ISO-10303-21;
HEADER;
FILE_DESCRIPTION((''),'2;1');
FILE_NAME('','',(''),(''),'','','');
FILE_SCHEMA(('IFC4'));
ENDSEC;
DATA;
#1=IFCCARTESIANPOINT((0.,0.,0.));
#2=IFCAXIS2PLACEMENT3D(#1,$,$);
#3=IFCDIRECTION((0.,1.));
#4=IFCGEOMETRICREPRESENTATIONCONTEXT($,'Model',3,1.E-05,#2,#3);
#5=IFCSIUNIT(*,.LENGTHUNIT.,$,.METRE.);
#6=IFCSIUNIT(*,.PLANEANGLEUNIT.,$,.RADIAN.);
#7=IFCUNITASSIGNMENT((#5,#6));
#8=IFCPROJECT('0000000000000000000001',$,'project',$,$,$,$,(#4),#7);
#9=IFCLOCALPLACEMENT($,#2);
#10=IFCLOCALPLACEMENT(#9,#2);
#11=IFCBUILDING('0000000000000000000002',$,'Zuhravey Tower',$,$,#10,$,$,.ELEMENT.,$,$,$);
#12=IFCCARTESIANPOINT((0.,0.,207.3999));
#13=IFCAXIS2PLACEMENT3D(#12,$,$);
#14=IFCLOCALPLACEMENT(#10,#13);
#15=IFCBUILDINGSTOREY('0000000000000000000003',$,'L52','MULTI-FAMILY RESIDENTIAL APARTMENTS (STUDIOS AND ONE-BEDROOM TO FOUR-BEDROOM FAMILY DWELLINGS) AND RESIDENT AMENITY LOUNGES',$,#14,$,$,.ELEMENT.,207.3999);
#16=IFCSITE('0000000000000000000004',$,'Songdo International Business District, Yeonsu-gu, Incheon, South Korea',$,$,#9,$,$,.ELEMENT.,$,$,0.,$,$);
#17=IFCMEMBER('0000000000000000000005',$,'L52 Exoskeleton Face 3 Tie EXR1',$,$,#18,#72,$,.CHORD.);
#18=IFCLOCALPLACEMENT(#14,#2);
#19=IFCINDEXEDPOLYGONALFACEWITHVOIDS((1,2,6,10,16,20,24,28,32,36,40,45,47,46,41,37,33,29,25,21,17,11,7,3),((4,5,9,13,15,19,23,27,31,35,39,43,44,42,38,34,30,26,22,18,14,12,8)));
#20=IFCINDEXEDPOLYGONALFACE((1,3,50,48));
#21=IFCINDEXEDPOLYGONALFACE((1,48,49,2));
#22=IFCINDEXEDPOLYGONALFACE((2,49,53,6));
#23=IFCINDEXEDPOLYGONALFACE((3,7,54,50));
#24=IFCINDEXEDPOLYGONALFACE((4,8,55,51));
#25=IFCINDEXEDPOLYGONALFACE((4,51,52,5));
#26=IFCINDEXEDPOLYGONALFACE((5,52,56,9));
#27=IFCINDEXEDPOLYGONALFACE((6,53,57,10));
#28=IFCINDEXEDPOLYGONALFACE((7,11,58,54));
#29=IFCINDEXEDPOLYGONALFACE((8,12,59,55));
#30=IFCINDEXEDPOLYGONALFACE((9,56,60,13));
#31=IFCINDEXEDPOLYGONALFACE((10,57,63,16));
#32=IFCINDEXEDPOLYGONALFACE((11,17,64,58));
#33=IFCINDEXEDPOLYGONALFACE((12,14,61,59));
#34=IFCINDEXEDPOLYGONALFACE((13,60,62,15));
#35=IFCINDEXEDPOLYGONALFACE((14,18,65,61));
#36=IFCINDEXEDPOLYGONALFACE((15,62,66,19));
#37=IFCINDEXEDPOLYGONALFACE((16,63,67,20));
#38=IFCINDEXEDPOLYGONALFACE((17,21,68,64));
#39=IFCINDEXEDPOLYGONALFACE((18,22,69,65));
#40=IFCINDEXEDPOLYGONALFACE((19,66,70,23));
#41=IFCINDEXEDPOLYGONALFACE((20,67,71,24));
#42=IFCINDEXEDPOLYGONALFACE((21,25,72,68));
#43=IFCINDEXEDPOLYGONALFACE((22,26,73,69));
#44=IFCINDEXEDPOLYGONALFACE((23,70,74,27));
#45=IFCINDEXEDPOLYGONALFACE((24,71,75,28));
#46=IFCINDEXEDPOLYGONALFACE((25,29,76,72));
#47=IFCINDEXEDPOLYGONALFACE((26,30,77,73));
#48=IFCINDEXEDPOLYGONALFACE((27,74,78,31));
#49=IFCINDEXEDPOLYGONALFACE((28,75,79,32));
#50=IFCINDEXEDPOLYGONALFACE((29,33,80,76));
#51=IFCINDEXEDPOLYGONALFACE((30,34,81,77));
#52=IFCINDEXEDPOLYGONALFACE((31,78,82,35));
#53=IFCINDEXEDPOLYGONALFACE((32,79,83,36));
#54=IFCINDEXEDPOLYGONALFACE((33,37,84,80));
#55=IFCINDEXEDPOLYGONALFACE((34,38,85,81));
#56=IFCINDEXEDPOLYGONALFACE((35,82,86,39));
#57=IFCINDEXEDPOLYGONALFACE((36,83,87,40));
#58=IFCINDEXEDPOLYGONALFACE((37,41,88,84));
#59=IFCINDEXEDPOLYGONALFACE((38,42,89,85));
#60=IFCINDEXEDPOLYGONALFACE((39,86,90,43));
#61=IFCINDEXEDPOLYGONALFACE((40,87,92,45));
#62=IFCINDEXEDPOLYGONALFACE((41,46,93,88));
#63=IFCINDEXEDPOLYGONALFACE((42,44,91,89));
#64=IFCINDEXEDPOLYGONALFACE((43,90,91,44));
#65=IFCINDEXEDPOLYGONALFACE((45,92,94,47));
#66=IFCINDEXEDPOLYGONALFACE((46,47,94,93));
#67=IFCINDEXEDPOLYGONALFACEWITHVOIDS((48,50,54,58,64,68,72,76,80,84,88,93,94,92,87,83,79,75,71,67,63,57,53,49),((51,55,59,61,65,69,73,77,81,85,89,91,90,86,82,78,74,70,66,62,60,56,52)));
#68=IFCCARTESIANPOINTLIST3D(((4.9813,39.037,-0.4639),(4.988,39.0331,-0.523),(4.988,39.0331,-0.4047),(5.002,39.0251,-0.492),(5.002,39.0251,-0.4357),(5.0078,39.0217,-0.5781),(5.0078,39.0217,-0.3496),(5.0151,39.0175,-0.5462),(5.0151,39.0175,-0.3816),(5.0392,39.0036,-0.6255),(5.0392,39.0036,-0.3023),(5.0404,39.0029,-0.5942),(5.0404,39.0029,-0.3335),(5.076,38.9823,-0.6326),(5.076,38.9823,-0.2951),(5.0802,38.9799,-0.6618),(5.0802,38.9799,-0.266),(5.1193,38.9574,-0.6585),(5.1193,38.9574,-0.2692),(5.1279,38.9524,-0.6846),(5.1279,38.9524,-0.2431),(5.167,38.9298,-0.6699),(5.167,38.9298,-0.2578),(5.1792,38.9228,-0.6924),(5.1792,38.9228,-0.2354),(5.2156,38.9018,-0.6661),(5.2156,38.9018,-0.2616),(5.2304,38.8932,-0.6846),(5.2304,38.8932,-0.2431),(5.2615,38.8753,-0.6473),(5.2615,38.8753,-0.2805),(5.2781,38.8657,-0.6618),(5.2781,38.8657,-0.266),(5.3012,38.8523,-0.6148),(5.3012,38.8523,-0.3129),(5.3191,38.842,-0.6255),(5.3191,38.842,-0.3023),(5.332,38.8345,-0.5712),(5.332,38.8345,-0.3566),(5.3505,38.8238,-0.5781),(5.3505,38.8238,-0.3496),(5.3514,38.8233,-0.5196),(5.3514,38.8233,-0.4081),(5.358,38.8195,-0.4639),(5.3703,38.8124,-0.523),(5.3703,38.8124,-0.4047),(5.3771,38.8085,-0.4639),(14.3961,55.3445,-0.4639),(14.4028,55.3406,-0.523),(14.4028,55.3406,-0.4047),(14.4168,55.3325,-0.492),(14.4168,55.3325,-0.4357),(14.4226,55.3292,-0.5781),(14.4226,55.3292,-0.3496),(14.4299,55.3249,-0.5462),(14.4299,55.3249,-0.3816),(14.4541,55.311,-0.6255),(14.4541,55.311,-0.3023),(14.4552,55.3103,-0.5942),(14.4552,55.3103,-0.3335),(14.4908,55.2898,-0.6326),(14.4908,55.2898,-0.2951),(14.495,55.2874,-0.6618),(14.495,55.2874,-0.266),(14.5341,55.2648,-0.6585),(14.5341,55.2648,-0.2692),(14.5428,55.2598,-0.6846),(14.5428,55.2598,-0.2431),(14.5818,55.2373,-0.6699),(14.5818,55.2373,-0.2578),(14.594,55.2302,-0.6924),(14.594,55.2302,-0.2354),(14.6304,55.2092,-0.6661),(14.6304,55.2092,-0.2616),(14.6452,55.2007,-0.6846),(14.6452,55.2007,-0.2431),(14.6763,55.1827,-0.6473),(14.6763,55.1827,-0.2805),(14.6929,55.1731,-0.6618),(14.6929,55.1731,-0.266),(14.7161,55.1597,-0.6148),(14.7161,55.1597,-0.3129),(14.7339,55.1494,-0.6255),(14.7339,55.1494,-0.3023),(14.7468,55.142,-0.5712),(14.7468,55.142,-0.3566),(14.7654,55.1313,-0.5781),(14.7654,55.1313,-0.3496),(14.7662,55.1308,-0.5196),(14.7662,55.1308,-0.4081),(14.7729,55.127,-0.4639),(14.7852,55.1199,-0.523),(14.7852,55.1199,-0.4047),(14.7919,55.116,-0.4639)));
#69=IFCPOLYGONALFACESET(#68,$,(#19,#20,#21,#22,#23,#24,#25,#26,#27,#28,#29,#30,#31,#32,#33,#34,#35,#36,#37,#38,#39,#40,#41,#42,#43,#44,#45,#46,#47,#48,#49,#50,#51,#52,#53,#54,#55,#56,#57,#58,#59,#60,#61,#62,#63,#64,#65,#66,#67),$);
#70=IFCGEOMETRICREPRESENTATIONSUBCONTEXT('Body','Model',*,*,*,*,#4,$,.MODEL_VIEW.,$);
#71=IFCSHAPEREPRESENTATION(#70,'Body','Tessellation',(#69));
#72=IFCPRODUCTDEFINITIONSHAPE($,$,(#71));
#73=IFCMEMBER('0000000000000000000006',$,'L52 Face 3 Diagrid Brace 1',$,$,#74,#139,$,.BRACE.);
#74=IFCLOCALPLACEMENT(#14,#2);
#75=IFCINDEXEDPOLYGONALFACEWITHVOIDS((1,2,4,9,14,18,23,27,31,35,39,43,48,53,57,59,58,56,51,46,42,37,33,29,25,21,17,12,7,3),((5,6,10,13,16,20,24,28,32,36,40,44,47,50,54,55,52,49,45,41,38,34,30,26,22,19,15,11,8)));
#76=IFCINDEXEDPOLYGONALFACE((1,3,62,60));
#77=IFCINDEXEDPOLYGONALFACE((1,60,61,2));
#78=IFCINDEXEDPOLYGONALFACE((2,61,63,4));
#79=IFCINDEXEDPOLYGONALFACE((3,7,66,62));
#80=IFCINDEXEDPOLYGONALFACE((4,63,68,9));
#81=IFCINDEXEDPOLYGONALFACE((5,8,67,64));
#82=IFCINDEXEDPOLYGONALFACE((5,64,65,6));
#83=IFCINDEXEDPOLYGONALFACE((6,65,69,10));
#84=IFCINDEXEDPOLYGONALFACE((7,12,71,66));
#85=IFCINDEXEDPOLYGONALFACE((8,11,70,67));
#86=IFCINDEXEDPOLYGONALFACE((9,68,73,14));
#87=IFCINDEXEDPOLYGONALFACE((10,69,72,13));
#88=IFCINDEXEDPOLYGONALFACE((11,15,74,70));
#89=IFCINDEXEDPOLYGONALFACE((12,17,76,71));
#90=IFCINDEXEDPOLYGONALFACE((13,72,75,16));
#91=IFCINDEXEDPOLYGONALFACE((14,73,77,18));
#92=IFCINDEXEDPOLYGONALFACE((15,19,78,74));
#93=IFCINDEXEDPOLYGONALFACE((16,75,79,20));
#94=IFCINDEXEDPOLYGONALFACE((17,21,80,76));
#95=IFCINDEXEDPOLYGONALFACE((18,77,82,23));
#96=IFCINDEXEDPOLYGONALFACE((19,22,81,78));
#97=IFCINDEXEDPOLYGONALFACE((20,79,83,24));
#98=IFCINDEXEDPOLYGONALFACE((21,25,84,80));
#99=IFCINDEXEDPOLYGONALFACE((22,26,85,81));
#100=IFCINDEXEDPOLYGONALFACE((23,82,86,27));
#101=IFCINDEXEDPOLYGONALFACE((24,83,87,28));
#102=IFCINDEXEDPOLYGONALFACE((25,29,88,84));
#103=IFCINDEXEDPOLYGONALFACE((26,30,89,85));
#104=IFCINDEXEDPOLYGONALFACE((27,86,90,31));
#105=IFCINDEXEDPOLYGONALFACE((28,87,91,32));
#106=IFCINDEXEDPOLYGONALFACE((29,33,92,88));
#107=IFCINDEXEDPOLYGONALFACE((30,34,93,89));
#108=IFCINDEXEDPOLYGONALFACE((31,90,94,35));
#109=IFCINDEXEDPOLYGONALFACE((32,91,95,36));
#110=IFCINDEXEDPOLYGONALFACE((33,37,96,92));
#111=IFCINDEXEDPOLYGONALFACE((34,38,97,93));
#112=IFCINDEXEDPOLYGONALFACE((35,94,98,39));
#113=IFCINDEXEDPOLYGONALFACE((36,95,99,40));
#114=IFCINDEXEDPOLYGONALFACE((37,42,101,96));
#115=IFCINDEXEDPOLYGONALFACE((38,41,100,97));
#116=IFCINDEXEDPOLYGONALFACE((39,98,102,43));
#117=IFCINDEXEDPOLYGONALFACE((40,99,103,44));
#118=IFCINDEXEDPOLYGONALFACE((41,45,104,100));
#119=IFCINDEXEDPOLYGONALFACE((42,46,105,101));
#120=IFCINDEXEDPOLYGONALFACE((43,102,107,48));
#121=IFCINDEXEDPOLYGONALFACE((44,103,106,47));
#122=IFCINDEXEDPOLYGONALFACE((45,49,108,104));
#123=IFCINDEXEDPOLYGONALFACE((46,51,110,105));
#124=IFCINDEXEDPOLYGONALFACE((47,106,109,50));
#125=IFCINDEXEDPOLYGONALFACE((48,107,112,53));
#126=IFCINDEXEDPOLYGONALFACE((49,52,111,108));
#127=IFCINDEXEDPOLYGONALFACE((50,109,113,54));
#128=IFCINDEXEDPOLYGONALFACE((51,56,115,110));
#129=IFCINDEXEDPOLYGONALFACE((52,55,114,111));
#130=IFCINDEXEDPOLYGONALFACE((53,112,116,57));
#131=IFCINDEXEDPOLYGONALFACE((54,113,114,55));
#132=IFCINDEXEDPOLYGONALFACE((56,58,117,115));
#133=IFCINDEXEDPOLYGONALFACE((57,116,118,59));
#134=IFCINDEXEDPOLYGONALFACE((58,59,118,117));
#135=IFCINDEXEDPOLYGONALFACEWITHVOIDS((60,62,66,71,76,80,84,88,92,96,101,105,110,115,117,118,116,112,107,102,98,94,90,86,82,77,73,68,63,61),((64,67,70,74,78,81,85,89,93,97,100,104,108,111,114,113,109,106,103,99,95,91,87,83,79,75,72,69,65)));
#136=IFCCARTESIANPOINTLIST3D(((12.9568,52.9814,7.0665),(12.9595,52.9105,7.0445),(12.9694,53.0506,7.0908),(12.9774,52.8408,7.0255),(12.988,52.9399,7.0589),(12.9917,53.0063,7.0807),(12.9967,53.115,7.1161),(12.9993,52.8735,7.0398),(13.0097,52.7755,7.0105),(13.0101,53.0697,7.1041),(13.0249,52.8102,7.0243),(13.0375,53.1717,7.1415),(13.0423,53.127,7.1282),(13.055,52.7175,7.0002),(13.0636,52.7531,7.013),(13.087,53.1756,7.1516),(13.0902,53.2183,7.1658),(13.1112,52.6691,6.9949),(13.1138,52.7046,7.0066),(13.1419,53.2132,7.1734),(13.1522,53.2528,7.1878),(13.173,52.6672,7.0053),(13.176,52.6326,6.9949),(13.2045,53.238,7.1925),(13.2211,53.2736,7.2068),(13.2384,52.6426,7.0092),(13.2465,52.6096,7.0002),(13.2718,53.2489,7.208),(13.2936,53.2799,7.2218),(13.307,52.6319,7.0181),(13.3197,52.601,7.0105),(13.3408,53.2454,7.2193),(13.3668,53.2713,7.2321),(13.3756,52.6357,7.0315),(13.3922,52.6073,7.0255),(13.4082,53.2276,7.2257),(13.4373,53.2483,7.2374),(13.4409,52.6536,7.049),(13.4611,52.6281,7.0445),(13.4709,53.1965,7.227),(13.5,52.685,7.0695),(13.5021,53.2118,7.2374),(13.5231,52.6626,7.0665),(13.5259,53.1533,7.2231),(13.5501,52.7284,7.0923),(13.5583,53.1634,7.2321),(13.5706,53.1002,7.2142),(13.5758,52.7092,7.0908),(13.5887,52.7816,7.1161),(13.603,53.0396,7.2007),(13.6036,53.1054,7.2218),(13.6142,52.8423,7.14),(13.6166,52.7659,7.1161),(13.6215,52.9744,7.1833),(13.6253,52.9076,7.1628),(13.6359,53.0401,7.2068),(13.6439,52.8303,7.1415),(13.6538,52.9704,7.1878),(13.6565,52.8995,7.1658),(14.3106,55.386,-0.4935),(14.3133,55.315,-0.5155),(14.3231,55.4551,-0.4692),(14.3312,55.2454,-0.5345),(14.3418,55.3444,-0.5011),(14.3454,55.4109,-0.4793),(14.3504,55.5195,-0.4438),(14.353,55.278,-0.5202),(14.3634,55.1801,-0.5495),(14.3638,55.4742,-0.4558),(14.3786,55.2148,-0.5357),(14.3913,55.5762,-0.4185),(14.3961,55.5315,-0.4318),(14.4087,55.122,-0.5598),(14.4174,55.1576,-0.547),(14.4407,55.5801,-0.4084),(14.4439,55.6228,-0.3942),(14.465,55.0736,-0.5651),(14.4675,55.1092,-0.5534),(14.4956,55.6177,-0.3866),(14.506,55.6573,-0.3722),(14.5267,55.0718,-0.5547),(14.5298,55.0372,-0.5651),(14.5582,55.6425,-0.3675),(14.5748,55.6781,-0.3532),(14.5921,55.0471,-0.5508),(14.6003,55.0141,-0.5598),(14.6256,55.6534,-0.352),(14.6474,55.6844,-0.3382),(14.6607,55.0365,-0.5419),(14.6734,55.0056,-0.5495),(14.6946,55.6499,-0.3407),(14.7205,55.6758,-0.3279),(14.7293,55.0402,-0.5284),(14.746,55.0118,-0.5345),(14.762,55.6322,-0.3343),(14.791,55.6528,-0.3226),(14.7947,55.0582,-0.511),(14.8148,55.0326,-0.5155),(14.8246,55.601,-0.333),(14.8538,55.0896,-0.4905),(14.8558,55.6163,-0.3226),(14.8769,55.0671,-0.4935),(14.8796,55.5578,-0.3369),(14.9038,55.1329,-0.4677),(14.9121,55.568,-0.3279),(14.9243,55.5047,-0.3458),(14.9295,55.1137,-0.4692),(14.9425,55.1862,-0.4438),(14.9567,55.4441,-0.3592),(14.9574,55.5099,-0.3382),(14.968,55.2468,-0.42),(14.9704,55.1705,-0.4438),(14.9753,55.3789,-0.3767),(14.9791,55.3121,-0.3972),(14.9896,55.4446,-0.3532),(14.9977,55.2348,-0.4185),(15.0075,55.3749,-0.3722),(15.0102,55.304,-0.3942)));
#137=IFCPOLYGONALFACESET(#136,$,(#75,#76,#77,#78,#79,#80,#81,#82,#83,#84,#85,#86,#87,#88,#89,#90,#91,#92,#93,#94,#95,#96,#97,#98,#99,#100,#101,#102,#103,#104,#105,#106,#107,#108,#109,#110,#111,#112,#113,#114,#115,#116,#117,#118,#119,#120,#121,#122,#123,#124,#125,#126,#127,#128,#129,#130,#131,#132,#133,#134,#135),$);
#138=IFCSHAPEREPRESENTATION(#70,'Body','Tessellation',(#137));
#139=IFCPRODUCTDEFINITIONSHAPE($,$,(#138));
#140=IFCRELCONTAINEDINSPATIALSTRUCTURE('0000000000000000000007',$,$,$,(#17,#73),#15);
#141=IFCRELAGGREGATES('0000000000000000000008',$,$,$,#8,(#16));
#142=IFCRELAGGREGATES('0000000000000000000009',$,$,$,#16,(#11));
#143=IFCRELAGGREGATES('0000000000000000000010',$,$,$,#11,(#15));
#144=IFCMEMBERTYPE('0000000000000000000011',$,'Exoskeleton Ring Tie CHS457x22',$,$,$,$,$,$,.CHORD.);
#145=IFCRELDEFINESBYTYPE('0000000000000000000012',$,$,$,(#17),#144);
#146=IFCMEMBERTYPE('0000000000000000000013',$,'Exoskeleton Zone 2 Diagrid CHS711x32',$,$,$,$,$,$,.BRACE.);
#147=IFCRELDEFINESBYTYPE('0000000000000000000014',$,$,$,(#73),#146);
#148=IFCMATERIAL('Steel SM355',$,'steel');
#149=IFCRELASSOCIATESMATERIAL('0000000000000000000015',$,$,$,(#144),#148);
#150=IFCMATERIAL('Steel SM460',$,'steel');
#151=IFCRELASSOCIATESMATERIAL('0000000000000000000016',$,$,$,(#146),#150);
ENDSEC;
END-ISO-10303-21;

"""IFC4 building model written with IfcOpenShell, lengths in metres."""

from ifc_helpers import new_model, si_unit, direction, frame, origin, origin_2d, place, context, subcontext, project, spatial, hollow_circle, extrude, material, material_profile, profile_set, type_object, element, save


model = new_model("IFC4")

# Units and contexts
model_context = context("Model", 3, precision=1e-05, world=origin(), true_north=direction((0.0, 1.0)))
body_context = subcontext(model_context, "Body", "Model", "MODEL_VIEW")
ifc_project = project(units=[si_unit("LENGTHUNIT", "METRE"), si_unit("PLANEANGLEUNIT", "RADIAN")], contexts=[model_context])

# Site, building, storey
site_placement = place(None, origin())
site = spatial("IfcSite", under=ifc_project, at=site_placement, Name="Songdo International Business District, Yeonsu-gu, Incheon, South Korea", CompositionType="ELEMENT", RefElevation=0.0)
building_placement = place(site_placement, origin())
building = spatial("IfcBuilding", under=site, at=building_placement, Name="Zuhravey Tower", CompositionType="ELEMENT")
storey_placement = place(building_placement, frame((0.0, 0.0, 207.3999)))
storey = spatial("IfcBuildingStorey", under=building, at=storey_placement, Name="L52", Description="MULTI-FAMILY RESIDENTIAL APARTMENTS (STUDIOS AND ONE-BEDROOM TO FOUR-BEDROOM FAMILY DWELLINGS) AND RESIDENT AMENITY LOUNGES", CompositionType="ELEMENT", Elevation=207.3999)

# Members
ifc_material_1 = material(Name="Steel SM355", Category="steel")
ifc_material_profile_1 = material_profile(ifc_material_1, hollow_circle(Radius=0.2285, WallThickness=0.022, at=origin_2d()), Name="CHS-457.2x22")
ifc_profile_set_1 = profile_set([ifc_material_profile_1], Name="Steel SM355")
member_type_1 = type_object("IfcMemberType", Name="Exoskeleton Ring Tie CHS457x22", PredefinedType="CHORD", material=ifc_profile_set_1)
member_1_placement = place(storey_placement, frame((14.594, 55.2302, -0.4639), z_axis=(-0.499989, -0.866032, 0.0), x_axis=(0.866032, -0.499989, 0.0)))
element("IfcMember", 1, at=member_1_placement, inside=storey, type_object=member_type_1, Name="L52 Exoskeleton Face 3 Tie EXR1", PredefinedType="CHORD", context=body_context, shape_type="SweptSolid", body=[
    extrude(hollow_circle(Radius=0.2285, WallThickness=0.022, at=origin_2d()), origin(), (0.0, 0.0, 1.0), 18.8301),
])
ifc_material_2 = material(Name="Steel SM460", Category="steel")
ifc_material_profile_2 = material_profile(ifc_material_2, hollow_circle(Radius=0.3557, WallThickness=0.032, at=origin_2d()), Name="CHS-711.2x32")
ifc_profile_set_2 = profile_set([ifc_material_profile_2], Name="Steel SM460")
member_type_2 = type_object("IfcMemberType", Name="Exoskeleton Zone 2 Diagrid CHS711x32", PredefinedType="BRACE", material=ifc_profile_set_2)
member_2_placement = place(storey_placement, frame((14.6604, 55.345, -0.4438), z_axis=(-0.168212, -0.298778, 0.939381), x_axis=(0.871389, -0.490593, 0.0)))
element("IfcMember", 2, at=member_2_placement, inside=storey, type_object=member_type_2, Name="L52 Face 3 Diagrid Brace 1", PredefinedType="BRACE", context=body_context, shape_type="SweptSolid", body=[
    extrude(hollow_circle(Radius=0.3557, WallThickness=0.032, at=origin_2d()), origin(), (0.0, 0.0, 1.0), 8.0479),
])

save(model, "model.ifc")
